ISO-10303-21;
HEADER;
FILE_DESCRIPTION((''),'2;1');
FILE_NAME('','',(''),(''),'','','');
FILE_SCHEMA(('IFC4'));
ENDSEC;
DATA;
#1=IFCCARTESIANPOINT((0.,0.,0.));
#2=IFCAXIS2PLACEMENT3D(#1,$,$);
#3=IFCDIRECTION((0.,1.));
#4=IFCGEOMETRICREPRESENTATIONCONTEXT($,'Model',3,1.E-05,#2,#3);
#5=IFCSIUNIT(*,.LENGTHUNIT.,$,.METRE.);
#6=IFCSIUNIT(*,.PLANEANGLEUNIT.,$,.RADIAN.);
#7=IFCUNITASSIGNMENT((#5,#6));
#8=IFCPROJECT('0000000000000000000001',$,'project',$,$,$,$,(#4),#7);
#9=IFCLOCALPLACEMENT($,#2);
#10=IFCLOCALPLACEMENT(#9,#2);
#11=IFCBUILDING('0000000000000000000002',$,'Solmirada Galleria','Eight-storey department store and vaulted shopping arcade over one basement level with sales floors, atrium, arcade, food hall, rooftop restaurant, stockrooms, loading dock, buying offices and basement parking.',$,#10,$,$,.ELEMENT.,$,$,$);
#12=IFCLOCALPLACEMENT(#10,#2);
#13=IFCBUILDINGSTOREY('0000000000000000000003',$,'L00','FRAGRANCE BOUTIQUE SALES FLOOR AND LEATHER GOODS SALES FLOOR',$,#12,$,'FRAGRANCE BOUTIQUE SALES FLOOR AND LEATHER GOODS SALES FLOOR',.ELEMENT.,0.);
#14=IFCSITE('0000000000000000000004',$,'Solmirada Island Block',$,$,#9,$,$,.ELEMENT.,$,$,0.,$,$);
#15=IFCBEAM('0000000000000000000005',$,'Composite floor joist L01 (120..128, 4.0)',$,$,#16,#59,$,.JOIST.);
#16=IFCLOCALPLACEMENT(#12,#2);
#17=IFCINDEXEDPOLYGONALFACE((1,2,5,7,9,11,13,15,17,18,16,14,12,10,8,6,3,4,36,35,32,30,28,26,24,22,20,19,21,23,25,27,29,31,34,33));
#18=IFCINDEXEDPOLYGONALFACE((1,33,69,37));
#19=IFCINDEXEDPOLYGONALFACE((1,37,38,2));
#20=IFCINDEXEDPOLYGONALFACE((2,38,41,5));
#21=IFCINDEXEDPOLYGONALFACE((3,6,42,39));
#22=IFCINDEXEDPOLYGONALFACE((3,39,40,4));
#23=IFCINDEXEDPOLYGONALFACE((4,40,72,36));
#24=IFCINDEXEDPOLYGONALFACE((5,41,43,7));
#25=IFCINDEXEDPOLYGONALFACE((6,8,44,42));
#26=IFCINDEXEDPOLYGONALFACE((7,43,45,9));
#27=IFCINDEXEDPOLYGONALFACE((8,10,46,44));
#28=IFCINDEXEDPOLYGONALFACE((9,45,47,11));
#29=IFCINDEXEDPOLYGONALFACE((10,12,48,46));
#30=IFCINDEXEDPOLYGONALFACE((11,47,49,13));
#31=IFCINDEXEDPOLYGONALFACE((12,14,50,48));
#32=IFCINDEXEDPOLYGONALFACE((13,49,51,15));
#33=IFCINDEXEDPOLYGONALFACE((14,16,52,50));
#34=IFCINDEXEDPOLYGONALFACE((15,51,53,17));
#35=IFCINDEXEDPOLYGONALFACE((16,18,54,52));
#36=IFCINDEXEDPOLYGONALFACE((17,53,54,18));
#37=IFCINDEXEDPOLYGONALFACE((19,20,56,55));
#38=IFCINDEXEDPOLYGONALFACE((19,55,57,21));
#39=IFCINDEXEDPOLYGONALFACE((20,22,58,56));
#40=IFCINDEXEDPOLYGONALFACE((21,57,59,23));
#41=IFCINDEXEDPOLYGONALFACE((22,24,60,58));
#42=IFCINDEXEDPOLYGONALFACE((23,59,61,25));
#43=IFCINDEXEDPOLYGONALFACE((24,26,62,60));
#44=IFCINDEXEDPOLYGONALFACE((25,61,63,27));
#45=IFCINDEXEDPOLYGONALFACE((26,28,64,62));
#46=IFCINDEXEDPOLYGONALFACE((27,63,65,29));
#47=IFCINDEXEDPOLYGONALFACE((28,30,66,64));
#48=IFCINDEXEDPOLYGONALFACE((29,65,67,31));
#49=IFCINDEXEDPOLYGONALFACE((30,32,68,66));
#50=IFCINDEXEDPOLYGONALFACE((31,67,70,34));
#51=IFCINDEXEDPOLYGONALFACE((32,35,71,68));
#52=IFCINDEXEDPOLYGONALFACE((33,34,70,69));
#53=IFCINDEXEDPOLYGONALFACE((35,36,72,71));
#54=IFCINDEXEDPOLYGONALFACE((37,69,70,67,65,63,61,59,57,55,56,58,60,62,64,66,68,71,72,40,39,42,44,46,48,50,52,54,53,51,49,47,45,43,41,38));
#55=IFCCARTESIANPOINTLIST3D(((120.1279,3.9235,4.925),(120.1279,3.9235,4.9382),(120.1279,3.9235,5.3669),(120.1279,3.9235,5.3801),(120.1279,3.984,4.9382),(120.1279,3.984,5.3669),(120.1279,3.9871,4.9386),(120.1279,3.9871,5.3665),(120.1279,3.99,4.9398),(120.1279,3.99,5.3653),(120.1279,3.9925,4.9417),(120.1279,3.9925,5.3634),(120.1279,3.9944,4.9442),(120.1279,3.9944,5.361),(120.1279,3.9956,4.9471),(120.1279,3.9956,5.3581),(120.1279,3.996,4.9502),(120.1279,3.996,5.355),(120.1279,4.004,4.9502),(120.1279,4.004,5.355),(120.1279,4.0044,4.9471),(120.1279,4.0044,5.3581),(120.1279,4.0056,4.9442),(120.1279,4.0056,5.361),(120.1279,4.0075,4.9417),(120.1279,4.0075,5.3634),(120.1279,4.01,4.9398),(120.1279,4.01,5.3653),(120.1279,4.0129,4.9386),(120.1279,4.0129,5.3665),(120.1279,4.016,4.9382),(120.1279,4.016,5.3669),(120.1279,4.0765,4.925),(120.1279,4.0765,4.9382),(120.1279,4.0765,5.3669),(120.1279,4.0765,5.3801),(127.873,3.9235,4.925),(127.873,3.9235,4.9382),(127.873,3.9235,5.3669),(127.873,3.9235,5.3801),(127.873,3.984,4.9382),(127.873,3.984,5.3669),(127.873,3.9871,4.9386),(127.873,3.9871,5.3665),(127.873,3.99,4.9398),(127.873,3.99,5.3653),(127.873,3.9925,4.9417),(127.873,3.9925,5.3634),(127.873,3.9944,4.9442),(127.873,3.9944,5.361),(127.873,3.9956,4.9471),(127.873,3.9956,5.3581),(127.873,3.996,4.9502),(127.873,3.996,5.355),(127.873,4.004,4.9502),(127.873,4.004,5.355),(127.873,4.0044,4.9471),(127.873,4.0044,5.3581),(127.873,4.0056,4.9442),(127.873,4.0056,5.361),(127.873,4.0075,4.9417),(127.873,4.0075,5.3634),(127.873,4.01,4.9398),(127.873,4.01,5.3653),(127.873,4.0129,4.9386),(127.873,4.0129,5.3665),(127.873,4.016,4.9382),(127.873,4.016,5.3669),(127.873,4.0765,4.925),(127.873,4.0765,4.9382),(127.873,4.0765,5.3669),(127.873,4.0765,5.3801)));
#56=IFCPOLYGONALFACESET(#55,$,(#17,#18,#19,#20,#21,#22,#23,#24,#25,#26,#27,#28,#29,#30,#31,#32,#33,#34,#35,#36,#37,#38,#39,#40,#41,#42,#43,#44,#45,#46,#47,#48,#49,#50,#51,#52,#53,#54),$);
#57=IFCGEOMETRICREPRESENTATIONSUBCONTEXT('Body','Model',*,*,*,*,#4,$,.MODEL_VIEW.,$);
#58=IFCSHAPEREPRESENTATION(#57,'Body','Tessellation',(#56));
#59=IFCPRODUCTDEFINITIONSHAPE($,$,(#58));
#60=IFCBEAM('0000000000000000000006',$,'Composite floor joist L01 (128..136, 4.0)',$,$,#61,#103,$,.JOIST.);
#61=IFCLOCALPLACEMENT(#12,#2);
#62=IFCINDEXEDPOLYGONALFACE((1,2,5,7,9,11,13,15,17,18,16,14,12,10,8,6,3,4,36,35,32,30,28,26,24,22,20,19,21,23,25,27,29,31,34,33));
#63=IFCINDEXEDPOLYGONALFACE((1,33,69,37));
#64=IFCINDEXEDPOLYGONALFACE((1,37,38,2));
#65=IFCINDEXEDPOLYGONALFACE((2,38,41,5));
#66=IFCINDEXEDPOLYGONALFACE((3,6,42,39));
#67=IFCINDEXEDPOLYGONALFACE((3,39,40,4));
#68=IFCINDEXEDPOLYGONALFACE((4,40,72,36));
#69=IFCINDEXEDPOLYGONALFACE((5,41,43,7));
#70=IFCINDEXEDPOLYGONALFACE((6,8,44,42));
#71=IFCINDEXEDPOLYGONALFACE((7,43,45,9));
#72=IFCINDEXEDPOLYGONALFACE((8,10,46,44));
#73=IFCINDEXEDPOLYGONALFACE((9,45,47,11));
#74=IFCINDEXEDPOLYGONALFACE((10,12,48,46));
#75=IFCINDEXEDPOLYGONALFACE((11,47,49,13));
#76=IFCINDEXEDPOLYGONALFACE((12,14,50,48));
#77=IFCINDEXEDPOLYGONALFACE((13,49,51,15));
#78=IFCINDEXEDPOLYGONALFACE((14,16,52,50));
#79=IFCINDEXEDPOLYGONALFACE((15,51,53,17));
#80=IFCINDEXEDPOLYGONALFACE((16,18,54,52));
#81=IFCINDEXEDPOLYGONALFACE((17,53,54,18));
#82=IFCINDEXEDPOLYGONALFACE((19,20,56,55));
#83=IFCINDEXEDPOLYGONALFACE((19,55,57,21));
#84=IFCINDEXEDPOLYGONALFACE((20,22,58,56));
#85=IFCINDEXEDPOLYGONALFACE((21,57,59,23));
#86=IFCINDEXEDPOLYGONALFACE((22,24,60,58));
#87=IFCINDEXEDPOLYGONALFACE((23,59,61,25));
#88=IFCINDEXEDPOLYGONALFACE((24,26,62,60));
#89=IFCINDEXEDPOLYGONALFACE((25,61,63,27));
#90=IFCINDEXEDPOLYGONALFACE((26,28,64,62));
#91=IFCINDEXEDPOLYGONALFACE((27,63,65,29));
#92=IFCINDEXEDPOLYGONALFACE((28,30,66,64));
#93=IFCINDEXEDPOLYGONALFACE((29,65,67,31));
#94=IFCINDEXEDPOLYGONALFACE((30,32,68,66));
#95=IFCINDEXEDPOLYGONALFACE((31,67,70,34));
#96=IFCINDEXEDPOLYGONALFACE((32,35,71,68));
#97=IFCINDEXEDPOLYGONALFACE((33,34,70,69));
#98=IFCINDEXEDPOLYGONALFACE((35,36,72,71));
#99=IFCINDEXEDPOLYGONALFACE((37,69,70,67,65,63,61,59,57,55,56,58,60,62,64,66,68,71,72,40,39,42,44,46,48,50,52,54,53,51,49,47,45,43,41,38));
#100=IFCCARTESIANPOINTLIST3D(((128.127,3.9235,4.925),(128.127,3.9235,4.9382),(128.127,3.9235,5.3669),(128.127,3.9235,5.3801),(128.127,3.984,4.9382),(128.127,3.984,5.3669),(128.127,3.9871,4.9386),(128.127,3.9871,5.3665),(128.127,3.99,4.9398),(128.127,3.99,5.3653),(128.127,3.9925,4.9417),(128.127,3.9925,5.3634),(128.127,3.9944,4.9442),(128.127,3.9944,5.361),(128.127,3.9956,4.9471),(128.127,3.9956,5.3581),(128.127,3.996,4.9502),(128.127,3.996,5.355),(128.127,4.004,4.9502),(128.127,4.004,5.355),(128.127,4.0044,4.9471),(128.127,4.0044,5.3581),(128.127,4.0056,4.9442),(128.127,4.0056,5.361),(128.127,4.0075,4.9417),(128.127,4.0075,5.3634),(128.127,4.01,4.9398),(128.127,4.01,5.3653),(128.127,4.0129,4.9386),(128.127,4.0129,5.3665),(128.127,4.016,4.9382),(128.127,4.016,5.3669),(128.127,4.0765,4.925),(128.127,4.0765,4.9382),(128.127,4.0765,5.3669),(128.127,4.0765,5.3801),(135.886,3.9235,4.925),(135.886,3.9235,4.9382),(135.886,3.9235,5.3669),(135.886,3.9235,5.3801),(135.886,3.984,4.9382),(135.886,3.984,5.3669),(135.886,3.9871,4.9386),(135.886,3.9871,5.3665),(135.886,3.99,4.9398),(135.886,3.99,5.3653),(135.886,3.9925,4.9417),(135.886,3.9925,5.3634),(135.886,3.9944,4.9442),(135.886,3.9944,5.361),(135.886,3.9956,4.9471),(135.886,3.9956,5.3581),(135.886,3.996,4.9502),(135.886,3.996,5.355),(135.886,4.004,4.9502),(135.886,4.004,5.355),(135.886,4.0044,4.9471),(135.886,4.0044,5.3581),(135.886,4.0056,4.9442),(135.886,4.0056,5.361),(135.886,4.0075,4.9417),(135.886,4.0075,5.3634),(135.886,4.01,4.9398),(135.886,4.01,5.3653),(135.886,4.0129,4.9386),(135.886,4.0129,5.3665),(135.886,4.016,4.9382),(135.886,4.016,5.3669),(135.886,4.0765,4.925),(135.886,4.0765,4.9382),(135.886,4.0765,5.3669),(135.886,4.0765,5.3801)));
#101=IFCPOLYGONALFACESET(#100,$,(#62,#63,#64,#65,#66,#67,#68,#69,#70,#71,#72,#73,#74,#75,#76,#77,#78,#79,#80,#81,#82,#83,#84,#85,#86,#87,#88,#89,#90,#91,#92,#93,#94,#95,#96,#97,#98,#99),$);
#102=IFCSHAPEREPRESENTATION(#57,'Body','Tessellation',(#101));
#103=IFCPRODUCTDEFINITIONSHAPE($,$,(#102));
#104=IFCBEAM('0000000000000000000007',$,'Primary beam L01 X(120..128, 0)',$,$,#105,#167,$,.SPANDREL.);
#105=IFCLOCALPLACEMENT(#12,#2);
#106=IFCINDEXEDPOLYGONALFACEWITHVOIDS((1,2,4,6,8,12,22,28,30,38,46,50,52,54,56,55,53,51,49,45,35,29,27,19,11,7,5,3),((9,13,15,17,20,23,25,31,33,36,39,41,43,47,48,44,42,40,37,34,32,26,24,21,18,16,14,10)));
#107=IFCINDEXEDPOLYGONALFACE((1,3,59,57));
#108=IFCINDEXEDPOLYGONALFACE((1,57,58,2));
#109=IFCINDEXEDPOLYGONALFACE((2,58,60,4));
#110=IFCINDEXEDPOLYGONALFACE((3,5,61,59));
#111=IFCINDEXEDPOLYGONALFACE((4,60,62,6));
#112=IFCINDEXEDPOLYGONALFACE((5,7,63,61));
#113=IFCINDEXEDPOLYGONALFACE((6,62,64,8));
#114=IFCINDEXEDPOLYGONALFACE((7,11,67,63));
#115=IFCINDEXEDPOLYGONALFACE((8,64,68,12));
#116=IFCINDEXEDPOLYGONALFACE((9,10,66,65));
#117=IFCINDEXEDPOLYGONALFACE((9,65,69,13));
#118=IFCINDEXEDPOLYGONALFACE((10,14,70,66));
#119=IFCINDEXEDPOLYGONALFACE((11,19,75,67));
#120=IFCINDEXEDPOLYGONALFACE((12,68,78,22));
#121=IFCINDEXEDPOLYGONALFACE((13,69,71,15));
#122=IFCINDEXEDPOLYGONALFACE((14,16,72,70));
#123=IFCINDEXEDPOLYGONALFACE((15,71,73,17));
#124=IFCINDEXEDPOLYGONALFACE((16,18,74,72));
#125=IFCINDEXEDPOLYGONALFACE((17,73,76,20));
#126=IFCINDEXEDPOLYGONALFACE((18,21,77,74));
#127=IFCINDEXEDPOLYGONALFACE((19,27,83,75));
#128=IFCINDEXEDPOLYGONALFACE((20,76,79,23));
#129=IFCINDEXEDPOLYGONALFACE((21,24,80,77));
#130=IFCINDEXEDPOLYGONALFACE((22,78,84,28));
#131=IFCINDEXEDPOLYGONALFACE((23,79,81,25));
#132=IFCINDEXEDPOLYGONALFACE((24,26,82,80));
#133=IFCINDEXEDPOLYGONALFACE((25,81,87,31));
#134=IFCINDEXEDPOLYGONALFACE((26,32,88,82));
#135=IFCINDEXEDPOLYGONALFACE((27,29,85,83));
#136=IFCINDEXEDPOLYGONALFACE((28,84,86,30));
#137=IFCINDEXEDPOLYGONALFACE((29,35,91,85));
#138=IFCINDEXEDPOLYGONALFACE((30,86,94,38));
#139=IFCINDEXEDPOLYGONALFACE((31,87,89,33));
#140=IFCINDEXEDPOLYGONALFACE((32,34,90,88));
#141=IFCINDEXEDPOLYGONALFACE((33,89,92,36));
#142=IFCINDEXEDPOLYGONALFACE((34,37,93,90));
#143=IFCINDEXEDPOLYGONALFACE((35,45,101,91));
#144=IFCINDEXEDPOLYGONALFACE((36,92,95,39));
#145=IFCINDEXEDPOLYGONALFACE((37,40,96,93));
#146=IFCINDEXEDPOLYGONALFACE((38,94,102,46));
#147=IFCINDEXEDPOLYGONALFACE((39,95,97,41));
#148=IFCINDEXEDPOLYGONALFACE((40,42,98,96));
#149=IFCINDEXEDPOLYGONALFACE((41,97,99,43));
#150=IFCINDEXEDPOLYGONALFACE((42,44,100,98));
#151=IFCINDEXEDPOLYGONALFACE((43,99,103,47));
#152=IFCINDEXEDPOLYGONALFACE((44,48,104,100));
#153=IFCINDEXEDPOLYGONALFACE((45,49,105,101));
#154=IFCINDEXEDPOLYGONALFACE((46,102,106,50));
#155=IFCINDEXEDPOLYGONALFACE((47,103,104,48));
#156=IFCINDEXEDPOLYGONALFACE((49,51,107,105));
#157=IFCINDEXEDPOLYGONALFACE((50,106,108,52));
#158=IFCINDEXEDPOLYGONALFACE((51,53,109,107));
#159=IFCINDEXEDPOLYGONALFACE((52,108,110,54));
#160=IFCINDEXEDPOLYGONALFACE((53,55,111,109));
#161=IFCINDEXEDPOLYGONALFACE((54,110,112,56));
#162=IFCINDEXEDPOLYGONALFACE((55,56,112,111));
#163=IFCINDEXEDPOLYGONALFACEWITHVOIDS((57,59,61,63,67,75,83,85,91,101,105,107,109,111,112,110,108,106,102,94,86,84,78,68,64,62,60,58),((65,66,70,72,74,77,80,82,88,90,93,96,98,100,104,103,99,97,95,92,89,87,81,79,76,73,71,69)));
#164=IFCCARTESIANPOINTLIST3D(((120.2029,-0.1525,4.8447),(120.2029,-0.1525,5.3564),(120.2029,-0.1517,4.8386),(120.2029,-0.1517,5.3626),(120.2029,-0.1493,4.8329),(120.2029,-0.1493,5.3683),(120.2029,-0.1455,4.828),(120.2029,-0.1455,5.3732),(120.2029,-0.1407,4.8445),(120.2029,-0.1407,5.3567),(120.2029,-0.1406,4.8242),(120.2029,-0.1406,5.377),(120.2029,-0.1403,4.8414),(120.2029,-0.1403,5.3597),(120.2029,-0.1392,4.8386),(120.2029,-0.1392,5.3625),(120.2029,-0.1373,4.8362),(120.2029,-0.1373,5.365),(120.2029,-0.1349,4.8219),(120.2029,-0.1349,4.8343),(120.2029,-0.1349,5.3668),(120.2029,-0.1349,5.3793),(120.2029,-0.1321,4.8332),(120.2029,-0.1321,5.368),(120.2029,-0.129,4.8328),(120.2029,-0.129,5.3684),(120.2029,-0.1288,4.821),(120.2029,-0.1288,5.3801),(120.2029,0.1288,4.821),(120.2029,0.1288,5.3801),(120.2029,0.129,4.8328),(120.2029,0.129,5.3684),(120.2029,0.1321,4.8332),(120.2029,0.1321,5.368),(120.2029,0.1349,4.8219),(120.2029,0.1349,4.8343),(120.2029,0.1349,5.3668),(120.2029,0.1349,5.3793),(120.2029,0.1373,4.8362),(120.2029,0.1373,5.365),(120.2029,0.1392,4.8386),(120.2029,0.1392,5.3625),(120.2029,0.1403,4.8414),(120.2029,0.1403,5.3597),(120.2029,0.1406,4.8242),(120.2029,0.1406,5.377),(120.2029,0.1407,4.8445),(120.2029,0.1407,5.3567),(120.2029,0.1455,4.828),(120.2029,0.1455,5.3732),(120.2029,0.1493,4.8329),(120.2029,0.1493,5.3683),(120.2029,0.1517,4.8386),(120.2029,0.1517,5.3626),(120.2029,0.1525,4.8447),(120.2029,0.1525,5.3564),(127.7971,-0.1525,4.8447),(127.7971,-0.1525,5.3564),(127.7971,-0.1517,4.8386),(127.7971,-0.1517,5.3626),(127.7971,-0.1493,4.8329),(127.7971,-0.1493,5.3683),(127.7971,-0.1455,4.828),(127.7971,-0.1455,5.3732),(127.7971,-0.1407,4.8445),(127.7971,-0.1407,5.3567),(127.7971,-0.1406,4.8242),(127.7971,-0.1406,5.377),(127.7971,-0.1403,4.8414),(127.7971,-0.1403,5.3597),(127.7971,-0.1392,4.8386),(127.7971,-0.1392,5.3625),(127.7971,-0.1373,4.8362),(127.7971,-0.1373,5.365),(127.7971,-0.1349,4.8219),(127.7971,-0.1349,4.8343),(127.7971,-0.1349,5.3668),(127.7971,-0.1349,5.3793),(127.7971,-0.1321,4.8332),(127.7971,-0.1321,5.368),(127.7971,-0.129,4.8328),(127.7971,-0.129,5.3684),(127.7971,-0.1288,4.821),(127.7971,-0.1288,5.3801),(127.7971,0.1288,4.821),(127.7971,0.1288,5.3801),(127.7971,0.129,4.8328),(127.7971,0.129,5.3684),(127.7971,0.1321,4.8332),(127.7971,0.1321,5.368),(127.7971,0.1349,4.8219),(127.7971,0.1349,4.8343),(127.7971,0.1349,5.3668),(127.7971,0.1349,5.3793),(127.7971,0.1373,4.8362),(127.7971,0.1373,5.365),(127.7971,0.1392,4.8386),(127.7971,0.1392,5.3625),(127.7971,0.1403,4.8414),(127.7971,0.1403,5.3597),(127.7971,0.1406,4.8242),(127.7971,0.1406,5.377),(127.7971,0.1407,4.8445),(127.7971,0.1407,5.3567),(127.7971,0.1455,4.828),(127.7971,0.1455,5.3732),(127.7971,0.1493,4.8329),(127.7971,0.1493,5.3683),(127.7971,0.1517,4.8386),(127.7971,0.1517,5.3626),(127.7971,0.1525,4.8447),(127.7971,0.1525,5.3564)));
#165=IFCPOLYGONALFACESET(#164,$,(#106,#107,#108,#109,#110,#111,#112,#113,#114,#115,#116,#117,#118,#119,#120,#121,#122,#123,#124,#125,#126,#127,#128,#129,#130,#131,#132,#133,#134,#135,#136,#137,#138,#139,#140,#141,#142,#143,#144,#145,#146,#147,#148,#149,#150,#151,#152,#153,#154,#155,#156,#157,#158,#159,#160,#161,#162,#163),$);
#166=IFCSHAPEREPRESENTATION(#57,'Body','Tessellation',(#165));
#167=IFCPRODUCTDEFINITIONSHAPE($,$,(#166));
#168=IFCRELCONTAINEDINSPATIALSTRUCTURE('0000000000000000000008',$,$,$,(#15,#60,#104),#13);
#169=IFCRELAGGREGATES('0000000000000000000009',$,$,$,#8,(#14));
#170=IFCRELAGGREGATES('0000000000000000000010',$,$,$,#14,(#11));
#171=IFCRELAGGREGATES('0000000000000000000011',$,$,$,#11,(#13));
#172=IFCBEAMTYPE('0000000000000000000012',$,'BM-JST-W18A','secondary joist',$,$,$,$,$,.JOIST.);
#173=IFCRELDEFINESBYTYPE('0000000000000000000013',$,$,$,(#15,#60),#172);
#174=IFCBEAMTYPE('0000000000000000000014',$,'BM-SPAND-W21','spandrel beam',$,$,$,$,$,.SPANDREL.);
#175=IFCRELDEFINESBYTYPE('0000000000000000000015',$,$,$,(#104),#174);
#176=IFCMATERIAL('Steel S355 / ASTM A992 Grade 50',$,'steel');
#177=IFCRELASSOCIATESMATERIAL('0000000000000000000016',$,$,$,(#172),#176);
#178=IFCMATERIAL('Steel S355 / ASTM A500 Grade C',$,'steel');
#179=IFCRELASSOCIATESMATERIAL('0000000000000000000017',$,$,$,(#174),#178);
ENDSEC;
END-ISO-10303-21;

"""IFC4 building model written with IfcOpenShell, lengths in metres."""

from ifc_helpers import new_model, si_unit, direction, frame, origin, origin_2d, place, context, subcontext, project, spatial, hollow_rectangle, i_section, extrude, material, material_profile, profile_set, type_object, element, save


model = new_model("IFC4")

# Units and contexts
model_context = context("Model", 3, precision=1e-05, world=origin(), true_north=direction((0.0, 1.0)))
body_context = subcontext(model_context, "Body", "Model", "MODEL_VIEW")
ifc_project = project(units=[si_unit("LENGTHUNIT", "METRE"), si_unit("PLANEANGLEUNIT", "RADIAN")], contexts=[model_context])

# Site, building, storey
site_placement = place(None, origin())
site = spatial("IfcSite", under=ifc_project, at=site_placement, Name="Solmirada Island Block", CompositionType="ELEMENT", RefElevation=0.0)
building_placement = place(site_placement, origin())
building = spatial("IfcBuilding", under=site, at=building_placement, Name="Solmirada Galleria", Description="Eight-storey department store and vaulted shopping arcade over one basement level with sales floors, atrium, arcade, food hall, rooftop restaurant, stockrooms, loading dock, buying offices and basement parking.", CompositionType="ELEMENT")
storey_placement = place(building_placement, origin())
storey = spatial("IfcBuildingStorey", under=building, at=storey_placement, Name="L00", Description="FRAGRANCE BOUTIQUE SALES FLOOR AND LEATHER GOODS SALES FLOOR", LongName="FRAGRANCE BOUTIQUE SALES FLOOR AND LEATHER GOODS SALES FLOOR", CompositionType="ELEMENT", Elevation=0.0)

# Shared definitions
ifc_material_1 = material(Name="Steel S355 / ASTM A500 Grade C", Category="steel")

# Beams
ifc_material_2 = material(Name="Steel S355 / ASTM A992 Grade 50", Category="steel")
ifc_material_profile_1 = material_profile(ifc_material_2, i_section(OverallWidth=0.1531, OverallDepth=0.4551, WebThickness=0.0081, FlangeThickness=0.0132, FilletRadius=0.012, at=origin_2d()), Name="W18X40")
ifc_profile_set_1 = profile_set([ifc_material_profile_1], Name="Steel S355 / ASTM A992 Grade 50")
beam_type_1 = type_object("IfcBeamType", Name="BM-JST-W18A", Description="secondary joist", PredefinedType="JOIST", material=ifc_profile_set_1)
beam_1_placement = place(storey_placement, frame((120.1279, 4.0, 5.1526), z_axis=(1.0, 0.0, 0.0), x_axis=(0.0, 1.0, 0.0)))
element("IfcBeam", 1, at=beam_1_placement, inside=storey, type_object=beam_type_1, Name="Composite floor joist L01 (120..128, 4.0)", PredefinedType="JOIST", context=body_context, shape_type="SweptSolid", body=[
    extrude(i_section(OverallWidth=0.1531, OverallDepth=0.4551, WebThickness=0.0081, FlangeThickness=0.0132, FilletRadius=0.012, at=origin_2d()), origin(), (0.0, 0.0, 1.0), 7.7451),
])
beam_2_placement = place(storey_placement, frame((128.127, 4.0, 5.1526), z_axis=(1.0, 0.0, 0.0), x_axis=(0.0, 1.0, 0.0)))
element("IfcBeam", 2, at=beam_2_placement, inside=storey, type_object=beam_type_1, Name="Composite floor joist L01 (128..136, 4.0)", PredefinedType="JOIST", context=body_context, shape_type="SweptSolid", body=[
    extrude(i_section(OverallWidth=0.1531, OverallDepth=0.4551, WebThickness=0.0081, FlangeThickness=0.0132, FilletRadius=0.012, at=origin_2d()), origin(), (0.0, 0.0, 1.0), 7.759),
])
ifc_material_profile_2 = material_profile(ifc_material_1, hollow_rectangle(XDim=0.3049, YDim=0.5591, WallThickness=0.0117, InnerFilletRadius=0.0117, OuterFilletRadius=0.0237, at=origin_2d()), Name="HSS22X12X1/2")
ifc_profile_set_2 = profile_set([ifc_material_profile_2], Name="Steel S355 / ASTM A500 Grade C")
beam_type_2 = type_object("IfcBeamType", Name="BM-SPAND-W21", Description="spandrel beam", PredefinedType="SPANDREL", material=ifc_profile_set_2)
for number, where, z_axis, x_axis, name in (
    (3, (120.2029, 0.0, 5.1006), (1.0, 0.0, 0.0), (0.0, 1.0, 0.0), "Primary beam L01 X(120..128, 0)"),
):
    element("IfcBeam", number, at=place(storey_placement, frame(where, z_axis=z_axis, x_axis=x_axis)), inside=storey, type_object=beam_type_2, Name=name, PredefinedType="SPANDREL", context=body_context, shape_type="SweptSolid", body=[
        extrude(hollow_rectangle(XDim=0.3049, YDim=0.5591, WallThickness=0.0117, InnerFilletRadius=0.0117, OuterFilletRadius=0.0237, at=origin_2d()), origin(), (0.0, 0.0, 1.0), 7.5942),
    ])

save(model, "model.ifc")
